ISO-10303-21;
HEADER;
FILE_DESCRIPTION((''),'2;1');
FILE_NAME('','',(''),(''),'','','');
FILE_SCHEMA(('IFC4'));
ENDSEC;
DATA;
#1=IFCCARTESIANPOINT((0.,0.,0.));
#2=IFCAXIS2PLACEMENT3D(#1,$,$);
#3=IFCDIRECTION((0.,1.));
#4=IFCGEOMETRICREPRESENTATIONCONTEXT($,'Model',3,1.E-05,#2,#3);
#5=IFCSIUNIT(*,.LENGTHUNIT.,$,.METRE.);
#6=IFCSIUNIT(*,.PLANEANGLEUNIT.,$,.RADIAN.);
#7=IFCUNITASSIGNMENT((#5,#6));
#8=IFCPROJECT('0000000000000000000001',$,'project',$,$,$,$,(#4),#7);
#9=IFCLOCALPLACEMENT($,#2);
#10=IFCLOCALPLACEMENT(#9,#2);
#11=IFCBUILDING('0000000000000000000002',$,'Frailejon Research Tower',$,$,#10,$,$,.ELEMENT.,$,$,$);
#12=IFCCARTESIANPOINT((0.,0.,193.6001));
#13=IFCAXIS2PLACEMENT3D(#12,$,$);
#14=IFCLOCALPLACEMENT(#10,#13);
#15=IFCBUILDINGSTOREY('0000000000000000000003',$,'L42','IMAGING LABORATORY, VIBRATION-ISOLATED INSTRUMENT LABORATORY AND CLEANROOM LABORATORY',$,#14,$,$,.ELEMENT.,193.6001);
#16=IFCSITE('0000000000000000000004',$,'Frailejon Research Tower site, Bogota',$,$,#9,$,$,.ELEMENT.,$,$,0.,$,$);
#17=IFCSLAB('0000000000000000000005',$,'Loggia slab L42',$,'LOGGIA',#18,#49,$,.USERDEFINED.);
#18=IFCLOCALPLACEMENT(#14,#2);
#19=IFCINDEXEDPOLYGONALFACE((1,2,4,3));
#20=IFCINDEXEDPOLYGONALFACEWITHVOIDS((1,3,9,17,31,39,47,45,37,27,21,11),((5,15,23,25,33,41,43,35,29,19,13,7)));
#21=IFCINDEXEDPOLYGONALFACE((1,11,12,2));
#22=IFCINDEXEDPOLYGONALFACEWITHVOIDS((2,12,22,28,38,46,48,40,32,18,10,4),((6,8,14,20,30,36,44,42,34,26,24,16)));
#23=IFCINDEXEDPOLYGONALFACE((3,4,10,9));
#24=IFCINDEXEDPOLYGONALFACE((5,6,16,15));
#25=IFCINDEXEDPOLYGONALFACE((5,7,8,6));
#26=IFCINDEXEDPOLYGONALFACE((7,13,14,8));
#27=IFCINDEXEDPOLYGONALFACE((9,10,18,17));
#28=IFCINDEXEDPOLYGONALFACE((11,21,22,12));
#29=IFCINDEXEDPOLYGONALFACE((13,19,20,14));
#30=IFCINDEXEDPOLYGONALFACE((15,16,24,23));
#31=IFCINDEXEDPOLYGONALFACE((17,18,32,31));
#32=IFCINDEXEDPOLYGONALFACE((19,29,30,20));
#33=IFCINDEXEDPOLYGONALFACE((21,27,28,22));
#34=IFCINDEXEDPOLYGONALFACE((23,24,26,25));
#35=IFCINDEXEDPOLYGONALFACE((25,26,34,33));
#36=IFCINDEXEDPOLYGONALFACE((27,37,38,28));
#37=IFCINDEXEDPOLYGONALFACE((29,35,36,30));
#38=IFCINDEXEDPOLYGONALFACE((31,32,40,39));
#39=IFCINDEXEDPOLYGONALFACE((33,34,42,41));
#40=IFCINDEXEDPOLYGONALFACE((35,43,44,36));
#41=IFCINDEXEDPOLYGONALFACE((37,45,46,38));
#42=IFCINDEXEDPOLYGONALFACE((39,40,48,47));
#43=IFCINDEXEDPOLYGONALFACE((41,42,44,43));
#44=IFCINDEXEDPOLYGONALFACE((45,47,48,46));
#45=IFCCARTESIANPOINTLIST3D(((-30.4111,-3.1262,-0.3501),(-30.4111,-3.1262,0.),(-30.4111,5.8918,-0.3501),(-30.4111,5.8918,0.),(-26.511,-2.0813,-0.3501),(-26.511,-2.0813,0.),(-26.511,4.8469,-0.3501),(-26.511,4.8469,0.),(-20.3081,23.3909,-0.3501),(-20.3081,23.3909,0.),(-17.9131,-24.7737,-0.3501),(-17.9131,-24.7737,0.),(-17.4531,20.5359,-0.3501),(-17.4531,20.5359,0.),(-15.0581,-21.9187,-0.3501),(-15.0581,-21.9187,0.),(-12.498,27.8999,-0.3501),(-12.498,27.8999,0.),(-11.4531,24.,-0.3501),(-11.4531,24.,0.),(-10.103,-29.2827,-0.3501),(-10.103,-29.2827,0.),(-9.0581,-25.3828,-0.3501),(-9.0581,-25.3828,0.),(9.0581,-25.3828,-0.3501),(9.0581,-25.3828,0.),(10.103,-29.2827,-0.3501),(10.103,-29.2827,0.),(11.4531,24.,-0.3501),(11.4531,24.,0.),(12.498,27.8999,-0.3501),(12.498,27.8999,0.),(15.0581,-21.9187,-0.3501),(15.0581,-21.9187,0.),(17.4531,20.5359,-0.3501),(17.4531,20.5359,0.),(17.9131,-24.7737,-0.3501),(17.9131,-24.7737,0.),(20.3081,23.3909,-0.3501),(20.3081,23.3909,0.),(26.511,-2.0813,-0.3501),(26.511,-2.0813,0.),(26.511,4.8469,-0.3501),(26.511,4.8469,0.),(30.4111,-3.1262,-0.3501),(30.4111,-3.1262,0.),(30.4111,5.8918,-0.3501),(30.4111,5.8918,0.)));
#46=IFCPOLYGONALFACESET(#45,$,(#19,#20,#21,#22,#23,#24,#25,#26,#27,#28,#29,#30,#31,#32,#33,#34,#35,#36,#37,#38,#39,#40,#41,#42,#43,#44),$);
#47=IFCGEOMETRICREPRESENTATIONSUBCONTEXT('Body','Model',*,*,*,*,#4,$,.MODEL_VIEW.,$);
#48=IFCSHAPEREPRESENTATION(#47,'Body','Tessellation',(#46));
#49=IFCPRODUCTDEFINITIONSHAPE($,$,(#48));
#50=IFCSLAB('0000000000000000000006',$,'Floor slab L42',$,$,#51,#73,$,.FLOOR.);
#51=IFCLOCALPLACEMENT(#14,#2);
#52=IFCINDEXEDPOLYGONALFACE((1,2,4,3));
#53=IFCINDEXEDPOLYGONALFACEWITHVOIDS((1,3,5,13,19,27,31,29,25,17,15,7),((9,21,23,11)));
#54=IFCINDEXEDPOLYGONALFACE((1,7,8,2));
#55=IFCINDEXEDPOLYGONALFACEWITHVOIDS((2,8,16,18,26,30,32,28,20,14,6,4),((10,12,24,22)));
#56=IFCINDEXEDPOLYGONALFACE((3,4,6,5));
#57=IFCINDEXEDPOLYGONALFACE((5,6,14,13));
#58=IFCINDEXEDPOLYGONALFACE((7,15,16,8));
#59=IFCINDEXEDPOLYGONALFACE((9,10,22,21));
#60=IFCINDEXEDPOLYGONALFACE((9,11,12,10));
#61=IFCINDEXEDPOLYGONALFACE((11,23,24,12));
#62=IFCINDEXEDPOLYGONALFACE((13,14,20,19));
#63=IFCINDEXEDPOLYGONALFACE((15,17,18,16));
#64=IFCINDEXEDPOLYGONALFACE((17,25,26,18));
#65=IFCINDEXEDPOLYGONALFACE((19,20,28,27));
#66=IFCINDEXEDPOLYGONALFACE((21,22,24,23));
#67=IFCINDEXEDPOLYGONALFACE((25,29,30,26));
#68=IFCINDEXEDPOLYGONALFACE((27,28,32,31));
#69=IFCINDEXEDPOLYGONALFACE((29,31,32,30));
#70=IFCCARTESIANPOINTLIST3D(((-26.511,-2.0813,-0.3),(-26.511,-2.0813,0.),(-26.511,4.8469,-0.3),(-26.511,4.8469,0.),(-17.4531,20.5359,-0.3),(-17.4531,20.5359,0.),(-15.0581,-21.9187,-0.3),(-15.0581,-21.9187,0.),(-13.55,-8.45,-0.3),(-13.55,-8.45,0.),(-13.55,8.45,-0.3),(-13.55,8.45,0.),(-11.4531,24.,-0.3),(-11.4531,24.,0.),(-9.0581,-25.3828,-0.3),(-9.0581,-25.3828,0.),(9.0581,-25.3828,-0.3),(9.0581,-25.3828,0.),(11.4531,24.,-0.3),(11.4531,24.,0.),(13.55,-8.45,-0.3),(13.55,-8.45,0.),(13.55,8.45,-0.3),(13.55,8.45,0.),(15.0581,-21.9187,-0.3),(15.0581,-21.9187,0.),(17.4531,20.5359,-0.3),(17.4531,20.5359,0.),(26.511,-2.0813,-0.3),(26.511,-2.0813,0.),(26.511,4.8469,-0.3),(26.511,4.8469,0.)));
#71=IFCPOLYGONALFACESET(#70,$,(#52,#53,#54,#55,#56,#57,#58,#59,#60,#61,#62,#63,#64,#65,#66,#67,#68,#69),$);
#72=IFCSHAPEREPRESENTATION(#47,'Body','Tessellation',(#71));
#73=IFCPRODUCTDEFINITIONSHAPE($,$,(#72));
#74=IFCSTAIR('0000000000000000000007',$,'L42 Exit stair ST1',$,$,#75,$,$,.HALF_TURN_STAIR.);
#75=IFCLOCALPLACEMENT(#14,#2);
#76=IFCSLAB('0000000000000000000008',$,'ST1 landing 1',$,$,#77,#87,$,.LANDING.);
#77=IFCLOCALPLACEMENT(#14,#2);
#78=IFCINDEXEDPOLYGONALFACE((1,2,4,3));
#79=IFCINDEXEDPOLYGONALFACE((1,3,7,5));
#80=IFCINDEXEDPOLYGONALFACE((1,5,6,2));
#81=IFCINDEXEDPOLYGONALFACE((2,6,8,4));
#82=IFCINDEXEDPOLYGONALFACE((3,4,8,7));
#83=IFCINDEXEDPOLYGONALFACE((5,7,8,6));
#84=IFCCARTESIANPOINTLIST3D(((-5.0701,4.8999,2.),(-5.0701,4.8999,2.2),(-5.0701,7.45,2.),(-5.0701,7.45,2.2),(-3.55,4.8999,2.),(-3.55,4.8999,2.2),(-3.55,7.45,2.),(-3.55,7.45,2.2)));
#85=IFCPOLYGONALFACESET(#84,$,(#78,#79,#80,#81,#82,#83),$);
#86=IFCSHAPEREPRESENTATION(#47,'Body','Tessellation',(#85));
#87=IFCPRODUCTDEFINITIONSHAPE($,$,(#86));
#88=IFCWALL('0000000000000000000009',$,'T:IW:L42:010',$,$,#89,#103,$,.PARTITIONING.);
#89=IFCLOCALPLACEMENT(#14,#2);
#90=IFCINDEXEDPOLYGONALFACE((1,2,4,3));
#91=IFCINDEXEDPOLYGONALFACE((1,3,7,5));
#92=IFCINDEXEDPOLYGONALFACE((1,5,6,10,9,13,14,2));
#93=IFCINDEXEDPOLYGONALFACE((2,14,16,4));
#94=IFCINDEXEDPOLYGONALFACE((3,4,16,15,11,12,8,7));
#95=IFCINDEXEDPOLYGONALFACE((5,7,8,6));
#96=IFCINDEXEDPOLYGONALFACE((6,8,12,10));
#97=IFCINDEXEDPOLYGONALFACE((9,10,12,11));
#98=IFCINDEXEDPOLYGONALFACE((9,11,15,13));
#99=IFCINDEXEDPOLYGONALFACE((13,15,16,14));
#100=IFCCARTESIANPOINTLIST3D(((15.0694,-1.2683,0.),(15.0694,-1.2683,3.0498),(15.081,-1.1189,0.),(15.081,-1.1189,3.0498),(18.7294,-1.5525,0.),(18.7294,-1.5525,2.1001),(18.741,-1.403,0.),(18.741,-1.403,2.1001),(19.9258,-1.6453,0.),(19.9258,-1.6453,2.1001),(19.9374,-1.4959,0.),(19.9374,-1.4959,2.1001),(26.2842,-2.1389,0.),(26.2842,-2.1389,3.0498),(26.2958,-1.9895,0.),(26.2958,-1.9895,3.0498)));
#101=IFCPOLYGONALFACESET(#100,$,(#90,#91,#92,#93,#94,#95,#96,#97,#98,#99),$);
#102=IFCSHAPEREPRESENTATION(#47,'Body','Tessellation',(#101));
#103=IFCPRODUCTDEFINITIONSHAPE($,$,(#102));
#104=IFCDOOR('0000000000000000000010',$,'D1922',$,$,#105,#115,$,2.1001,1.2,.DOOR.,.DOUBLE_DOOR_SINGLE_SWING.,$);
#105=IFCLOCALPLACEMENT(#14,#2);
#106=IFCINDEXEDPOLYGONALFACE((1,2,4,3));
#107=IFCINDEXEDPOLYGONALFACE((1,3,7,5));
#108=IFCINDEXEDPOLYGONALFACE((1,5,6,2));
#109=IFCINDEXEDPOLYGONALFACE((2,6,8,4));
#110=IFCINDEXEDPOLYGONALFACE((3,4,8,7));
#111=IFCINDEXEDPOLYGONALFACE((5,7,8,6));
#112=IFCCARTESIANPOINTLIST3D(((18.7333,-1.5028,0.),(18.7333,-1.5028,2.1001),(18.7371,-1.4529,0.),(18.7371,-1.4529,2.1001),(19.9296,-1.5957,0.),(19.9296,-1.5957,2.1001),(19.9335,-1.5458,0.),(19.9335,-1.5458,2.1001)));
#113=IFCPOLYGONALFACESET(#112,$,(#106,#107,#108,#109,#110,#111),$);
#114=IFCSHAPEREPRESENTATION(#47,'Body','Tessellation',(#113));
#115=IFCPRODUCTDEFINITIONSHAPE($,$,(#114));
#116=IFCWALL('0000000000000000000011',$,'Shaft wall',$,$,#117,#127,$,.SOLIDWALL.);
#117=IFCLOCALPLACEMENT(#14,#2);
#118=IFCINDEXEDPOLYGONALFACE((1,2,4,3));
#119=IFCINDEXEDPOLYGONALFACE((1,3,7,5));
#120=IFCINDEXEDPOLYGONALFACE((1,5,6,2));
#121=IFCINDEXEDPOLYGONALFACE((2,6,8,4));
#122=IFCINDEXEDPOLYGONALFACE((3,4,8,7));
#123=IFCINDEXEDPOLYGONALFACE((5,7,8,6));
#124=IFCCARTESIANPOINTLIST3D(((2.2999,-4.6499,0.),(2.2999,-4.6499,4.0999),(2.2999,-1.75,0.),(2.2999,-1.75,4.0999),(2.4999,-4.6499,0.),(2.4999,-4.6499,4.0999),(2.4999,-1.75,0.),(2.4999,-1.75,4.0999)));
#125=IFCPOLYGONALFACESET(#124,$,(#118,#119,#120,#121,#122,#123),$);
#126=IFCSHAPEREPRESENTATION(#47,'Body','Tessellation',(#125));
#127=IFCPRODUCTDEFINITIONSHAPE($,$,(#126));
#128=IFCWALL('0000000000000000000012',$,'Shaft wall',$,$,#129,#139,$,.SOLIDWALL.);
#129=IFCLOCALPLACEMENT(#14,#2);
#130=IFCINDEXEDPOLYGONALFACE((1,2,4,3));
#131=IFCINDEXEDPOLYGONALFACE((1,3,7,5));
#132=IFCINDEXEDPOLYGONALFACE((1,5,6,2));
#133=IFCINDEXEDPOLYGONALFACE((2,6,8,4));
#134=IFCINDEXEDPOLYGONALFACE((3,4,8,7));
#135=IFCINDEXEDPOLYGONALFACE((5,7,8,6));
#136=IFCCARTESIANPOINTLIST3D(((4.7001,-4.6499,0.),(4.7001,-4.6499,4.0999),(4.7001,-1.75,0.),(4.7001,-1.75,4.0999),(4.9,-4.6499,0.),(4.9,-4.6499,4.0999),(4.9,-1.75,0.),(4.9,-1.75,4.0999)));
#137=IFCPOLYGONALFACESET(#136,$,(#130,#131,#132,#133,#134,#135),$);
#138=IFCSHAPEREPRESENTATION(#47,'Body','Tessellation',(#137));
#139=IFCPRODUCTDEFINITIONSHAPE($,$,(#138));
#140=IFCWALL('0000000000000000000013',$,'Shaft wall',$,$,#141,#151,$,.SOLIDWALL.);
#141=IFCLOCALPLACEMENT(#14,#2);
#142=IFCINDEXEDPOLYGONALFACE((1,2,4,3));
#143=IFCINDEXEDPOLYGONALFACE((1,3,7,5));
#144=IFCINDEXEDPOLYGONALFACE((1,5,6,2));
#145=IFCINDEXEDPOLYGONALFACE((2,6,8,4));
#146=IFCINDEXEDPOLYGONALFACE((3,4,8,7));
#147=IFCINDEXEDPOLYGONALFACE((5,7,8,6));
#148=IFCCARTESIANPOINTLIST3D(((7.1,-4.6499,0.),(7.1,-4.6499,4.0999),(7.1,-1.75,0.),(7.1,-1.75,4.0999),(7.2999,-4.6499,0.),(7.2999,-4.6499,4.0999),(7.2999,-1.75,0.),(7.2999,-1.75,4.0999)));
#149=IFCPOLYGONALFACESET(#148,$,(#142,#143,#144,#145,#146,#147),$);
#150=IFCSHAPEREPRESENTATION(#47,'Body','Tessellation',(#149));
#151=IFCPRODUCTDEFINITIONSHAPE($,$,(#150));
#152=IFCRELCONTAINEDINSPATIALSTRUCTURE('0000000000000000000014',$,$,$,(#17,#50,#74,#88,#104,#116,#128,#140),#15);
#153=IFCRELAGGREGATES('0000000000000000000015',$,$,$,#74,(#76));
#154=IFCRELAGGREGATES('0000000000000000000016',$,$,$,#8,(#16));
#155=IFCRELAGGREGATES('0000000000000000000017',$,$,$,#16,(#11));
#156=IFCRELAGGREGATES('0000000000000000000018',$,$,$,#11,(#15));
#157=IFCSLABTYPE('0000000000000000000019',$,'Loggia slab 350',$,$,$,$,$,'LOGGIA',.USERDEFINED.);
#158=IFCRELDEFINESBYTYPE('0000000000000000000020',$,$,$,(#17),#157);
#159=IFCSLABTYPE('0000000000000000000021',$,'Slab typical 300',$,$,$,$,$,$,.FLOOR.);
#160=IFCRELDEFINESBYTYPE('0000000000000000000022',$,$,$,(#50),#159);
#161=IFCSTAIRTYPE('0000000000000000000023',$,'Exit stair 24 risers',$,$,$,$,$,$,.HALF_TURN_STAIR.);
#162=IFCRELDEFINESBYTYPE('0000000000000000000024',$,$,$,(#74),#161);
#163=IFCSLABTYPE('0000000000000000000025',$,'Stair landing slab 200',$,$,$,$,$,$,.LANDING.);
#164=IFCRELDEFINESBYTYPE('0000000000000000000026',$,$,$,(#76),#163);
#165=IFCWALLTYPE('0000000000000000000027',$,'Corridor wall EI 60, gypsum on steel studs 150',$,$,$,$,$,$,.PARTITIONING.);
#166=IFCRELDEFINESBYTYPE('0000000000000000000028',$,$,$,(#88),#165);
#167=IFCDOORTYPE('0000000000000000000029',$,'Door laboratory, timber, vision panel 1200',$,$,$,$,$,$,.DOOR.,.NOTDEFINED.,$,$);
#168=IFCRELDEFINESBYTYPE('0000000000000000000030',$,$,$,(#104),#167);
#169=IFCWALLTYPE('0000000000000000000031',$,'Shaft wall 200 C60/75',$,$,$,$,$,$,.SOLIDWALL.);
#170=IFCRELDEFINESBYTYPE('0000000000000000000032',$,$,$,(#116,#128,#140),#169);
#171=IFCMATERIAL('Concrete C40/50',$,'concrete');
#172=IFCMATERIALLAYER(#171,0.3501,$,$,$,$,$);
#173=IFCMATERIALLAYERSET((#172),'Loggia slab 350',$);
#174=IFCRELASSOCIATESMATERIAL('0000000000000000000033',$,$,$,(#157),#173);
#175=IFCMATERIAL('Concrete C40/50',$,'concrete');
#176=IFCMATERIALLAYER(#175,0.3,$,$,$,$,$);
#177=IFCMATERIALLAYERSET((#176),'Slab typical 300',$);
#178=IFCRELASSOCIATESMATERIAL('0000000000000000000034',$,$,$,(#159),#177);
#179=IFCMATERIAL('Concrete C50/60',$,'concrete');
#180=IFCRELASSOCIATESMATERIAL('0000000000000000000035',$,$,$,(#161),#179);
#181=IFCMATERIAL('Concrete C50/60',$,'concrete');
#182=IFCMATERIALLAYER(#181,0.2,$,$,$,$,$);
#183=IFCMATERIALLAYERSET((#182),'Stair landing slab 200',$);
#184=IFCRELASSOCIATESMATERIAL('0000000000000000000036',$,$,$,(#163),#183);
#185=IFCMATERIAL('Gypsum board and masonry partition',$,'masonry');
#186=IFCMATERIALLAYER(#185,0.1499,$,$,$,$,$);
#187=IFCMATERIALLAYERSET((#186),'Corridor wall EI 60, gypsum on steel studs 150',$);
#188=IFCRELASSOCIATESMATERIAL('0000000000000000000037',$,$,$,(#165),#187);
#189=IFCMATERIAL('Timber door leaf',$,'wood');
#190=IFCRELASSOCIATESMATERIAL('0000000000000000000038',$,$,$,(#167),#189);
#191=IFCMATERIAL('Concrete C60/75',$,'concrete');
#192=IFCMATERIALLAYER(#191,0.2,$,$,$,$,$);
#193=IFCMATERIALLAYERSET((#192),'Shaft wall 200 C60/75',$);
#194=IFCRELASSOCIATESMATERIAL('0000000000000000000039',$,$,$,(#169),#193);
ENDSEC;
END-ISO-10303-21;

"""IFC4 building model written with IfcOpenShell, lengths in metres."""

from ifc_helpers import new_model, si_unit, direction, frame, frame_2d, origin, place, context, subcontext, project, spatial, polyline, rectangle, outline, extrude, material, layer, layer_set, type_object, element, fill, aggregate, save


model = new_model("IFC4")

# Units and contexts
model_context = context("Model", 3, precision=1e-05, world=origin(), true_north=direction((0.0, 1.0)))
body_context = subcontext(model_context, "Body", "Model", "MODEL_VIEW")
ifc_project = project(units=[si_unit("LENGTHUNIT", "METRE"), si_unit("PLANEANGLEUNIT", "RADIAN")], contexts=[model_context])

# Site, building, storey
site_placement = place(None, origin())
site = spatial("IfcSite", under=ifc_project, at=site_placement, Name="Frailejon Research Tower site, Bogota", CompositionType="ELEMENT", RefElevation=0.0)
building_placement = place(site_placement, origin())
building = spatial("IfcBuilding", under=site, at=building_placement, Name="Frailejon Research Tower", CompositionType="ELEMENT")
storey_placement = place(building_placement, frame((0.0, 0.0, 193.6001)))
storey = spatial("IfcBuildingStorey", under=building, at=storey_placement, Name="L42", Description="IMAGING LABORATORY, VIBRATION-ISOLATED INSTRUMENT LABORATORY AND CLEANROOM LABORATORY", CompositionType="ELEMENT", Elevation=193.6001)

# Slabs
ifc_material_1 = material(Name="Concrete C40/50", Category="concrete")
ifc_layer_1 = layer(ifc_material_1, 0.3501)
ifc_layer_set_1 = layer_set([ifc_layer_1], Name="Loggia slab 350")
slab_type_1 = type_object("IfcSlabType", Name="Loggia slab 350", ElementType="LOGGIA", PredefinedType="USERDEFINED", material=ifc_layer_set_1)
slab_1_placement = place(storey_placement, frame((0.0, 0.0, -0.3501)))
element("IfcSlab", 1, at=slab_1_placement, inside=storey, type_object=slab_type_1, Name="Loggia slab L42", ObjectType="LOGGIA", PredefinedType="USERDEFINED", context=body_context, shape_type="SweptSolid", body=[
    extrude(outline(polyline([(17.9131, -24.7737), (10.103, -29.2827), (-10.103, -29.2827), (-17.9131, -24.7737), (-30.4111, -3.1262), (-30.4111, 5.8918), (-20.3081, 23.3909), (-12.498, 27.8999), (12.498, 27.8999), (20.3081, 23.3909), (30.4111, 5.8918), (30.4111, -3.1262), (17.9131, -24.7737)]), holes=[polyline([(26.511, 4.8469), (17.4531, 20.5359), (11.4531, 24.0), (-11.4531, 24.0), (-17.4531, 20.5359), (-26.511, 4.8469), (-26.511, -2.0813), (-15.0581, -21.9187), (-9.0581, -25.3828), (9.0581, -25.3828), (15.0581, -21.9187), (26.511, -2.0813), (26.511, 4.8469)])]), origin(), (0.0, 0.0, 1.0), 0.3501),
])
ifc_material_2 = material(Name="Concrete C40/50", Category="concrete")
ifc_layer_2 = layer(ifc_material_2, 0.3)
ifc_layer_set_2 = layer_set([ifc_layer_2], Name="Slab typical 300")
slab_type_2 = type_object("IfcSlabType", Name="Slab typical 300", PredefinedType="FLOOR", material=ifc_layer_set_2)
slab_2_placement = place(storey_placement, frame((0.0, 0.0, -0.3)))
element("IfcSlab", 2, at=slab_2_placement, inside=storey, type_object=slab_type_2, Name="Floor slab L42", PredefinedType="FLOOR", context=body_context, shape_type="SweptSolid", body=[
    extrude(outline(polyline([(26.511, -2.0813), (26.511, 4.8469), (17.4531, 20.5359), (11.4531, 24.0), (-11.4531, 24.0), (-17.4531, 20.5359), (-26.511, 4.8469), (-26.511, -2.0813), (-15.0581, -21.9187), (-9.0581, -25.3828), (9.0581, -25.3828), (15.0581, -21.9187), (26.511, -2.0813)]), holes=[polyline([(13.55, -8.45), (-13.55, -8.45), (-13.55, 8.45), (13.55, 8.45), (13.55, -8.45)])]), origin(), (0.0, 0.0, 1.0), 0.3),
])

# Stair, slab
ifc_material_3 = material(Name="Concrete C50/60", Category="concrete")
stair_type = type_object("IfcStairType", Name="Exit stair 24 risers", PredefinedType="HALF_TURN_STAIR", material=ifc_material_3)
stair_placement = place(storey_placement, origin())
stair = element("IfcStair", 3, at=stair_placement, inside=storey, type_object=stair_type, Name="L42 Exit stair ST1", PredefinedType="HALF_TURN_STAIR")
ifc_material_4 = material(Name="Concrete C50/60", Category="concrete")
ifc_layer_3 = layer(ifc_material_4, 0.2)
ifc_layer_set_3 = layer_set([ifc_layer_3], Name="Stair landing slab 200")
slab_type_3 = type_object("IfcSlabType", Name="Stair landing slab 200", PredefinedType="LANDING", material=ifc_layer_set_3)
slab_3_placement = place(storey_placement, frame((0.0, 0.0, 2.0)))
slab_3 = element("IfcSlab", 4, at=slab_3_placement, type_object=slab_type_3, Name="ST1 landing 1", PredefinedType="LANDING", context=body_context, shape_type="SweptSolid", body=[
    extrude(outline(polyline([(-5.0701, 4.8999), (-3.55, 4.8999), (-3.55, 7.45), (-5.0701, 7.45), (-5.0701, 4.8999)])), origin(), (0.0, 0.0, 1.0), 0.2),
])
aggregate(stair, [slab_3])

# Wall, opening, door
ifc_material_5 = material(Name="Gypsum board and masonry partition", Category="masonry")
ifc_layer_4 = layer(ifc_material_5, 0.1499)
ifc_layer_set_4 = layer_set([ifc_layer_4], Name="Corridor wall EI 60, gypsum on steel studs 150")
wall_type_1 = type_object("IfcWallType", Name="Corridor wall EI 60, gypsum on steel studs 150", PredefinedType="PARTITIONING", material=ifc_layer_set_4)
wall_1_placement = place(storey_placement, frame((15.0752, -1.1936, 0.0), z_axis=(0.0, 0.0, 1.0), x_axis=(0.997, -0.077397, 0.0)))
wall_1 = element("IfcWall", 5, at=wall_1_placement, inside=storey, type_object=wall_type_1, Name="T:IW:L42:010", PredefinedType="PARTITIONING", context=body_context, shape_type="SweptSolid", body=[
    extrude(rectangle(XDim=11.2485, YDim=0.1499, at=frame_2d((5.6243, 0.0))), origin(), (0.0, 0.0, 1.0), 3.0498),
])
opening_1_placement = place(wall_1_placement, frame((3.6709, 0.0, 0.0)))
opening_1 = element("IfcOpeningElement", 6, at=opening_1_placement, cuts=wall_1, PredefinedType="OPENING", context=body_context, shape_type="SweptSolid", body=[
    extrude(rectangle(XDim=1.2, YDim=2.1001, at=frame_2d((0.6001, 1.05))), frame((0.0, 0.085, 0.0), z_axis=(0.0, -1.0, 0.0), x_axis=(1.0, 0.0, 0.0)), (0.0, 0.0, 1.0), 0.1699),
])
ifc_material_6 = material(Name="Timber door leaf", Category="wood")
door_type_1 = type_object("IfcDoorType", Name="Door laboratory, timber, vision panel 1200", OperationType="NOTDEFINED", PredefinedType="DOOR", material=ifc_material_6)
door_1_placement = place(opening_1_placement, origin())
door_1 = element("IfcDoor", 7, at=door_1_placement, inside=storey, type_object=door_type_1, Name="D1922", OperationType="DOUBLE_DOOR_SINGLE_SWING", OverallHeight=2.1001, OverallWidth=1.2, PredefinedType="DOOR", context=body_context, shape_type="SweptSolid", body=[
    extrude(rectangle(XDim=1.2, YDim=2.1001, at=frame_2d((0.6001, 1.05))), frame((0.0, 0.0249, 0.0), z_axis=(0.0, -1.0, 0.0), x_axis=(1.0, 0.0, 0.0)), (0.0, 0.0, 1.0), 0.05),
])
fill(opening_1, door_1)

# Walls
ifc_material_7 = material(Name="Concrete C60/75", Category="concrete")
ifc_layer_5 = layer(ifc_material_7, 0.2)
ifc_layer_set_5 = layer_set([ifc_layer_5], Name="Shaft wall 200 C60/75")
wall_type_2 = type_object("IfcWallType", Name="Shaft wall 200 C60/75", PredefinedType="SOLIDWALL", material=ifc_layer_set_5)
for number, where, z_axis, x_axis, name in (
    (8, (2.3999, -4.6499, 0.0), (0.0, 0.0, 1.0), (0.0, 1.0, 0.0), "Shaft wall"),
    (9, (4.8, -4.6499, 0.0), (0.0, 0.0, 1.0), (0.0, 1.0, 0.0), "Shaft wall"),
    (10, (7.2, -4.6499, 0.0), (0.0, 0.0, 1.0), (0.0, 1.0, 0.0), "Shaft wall"),
):
    element("IfcWall", number, at=place(storey_placement, frame(where, z_axis=z_axis, x_axis=x_axis)), inside=storey, type_object=wall_type_2, Name=name, PredefinedType="SOLIDWALL", context=body_context, shape_type="SweptSolid", body=[
        extrude(rectangle(XDim=2.8999, YDim=0.2, at=frame_2d((1.45, 0.0))), origin(), (0.0, 0.0, 1.0), 4.0999),
    ])

save(model, "model.ifc")
